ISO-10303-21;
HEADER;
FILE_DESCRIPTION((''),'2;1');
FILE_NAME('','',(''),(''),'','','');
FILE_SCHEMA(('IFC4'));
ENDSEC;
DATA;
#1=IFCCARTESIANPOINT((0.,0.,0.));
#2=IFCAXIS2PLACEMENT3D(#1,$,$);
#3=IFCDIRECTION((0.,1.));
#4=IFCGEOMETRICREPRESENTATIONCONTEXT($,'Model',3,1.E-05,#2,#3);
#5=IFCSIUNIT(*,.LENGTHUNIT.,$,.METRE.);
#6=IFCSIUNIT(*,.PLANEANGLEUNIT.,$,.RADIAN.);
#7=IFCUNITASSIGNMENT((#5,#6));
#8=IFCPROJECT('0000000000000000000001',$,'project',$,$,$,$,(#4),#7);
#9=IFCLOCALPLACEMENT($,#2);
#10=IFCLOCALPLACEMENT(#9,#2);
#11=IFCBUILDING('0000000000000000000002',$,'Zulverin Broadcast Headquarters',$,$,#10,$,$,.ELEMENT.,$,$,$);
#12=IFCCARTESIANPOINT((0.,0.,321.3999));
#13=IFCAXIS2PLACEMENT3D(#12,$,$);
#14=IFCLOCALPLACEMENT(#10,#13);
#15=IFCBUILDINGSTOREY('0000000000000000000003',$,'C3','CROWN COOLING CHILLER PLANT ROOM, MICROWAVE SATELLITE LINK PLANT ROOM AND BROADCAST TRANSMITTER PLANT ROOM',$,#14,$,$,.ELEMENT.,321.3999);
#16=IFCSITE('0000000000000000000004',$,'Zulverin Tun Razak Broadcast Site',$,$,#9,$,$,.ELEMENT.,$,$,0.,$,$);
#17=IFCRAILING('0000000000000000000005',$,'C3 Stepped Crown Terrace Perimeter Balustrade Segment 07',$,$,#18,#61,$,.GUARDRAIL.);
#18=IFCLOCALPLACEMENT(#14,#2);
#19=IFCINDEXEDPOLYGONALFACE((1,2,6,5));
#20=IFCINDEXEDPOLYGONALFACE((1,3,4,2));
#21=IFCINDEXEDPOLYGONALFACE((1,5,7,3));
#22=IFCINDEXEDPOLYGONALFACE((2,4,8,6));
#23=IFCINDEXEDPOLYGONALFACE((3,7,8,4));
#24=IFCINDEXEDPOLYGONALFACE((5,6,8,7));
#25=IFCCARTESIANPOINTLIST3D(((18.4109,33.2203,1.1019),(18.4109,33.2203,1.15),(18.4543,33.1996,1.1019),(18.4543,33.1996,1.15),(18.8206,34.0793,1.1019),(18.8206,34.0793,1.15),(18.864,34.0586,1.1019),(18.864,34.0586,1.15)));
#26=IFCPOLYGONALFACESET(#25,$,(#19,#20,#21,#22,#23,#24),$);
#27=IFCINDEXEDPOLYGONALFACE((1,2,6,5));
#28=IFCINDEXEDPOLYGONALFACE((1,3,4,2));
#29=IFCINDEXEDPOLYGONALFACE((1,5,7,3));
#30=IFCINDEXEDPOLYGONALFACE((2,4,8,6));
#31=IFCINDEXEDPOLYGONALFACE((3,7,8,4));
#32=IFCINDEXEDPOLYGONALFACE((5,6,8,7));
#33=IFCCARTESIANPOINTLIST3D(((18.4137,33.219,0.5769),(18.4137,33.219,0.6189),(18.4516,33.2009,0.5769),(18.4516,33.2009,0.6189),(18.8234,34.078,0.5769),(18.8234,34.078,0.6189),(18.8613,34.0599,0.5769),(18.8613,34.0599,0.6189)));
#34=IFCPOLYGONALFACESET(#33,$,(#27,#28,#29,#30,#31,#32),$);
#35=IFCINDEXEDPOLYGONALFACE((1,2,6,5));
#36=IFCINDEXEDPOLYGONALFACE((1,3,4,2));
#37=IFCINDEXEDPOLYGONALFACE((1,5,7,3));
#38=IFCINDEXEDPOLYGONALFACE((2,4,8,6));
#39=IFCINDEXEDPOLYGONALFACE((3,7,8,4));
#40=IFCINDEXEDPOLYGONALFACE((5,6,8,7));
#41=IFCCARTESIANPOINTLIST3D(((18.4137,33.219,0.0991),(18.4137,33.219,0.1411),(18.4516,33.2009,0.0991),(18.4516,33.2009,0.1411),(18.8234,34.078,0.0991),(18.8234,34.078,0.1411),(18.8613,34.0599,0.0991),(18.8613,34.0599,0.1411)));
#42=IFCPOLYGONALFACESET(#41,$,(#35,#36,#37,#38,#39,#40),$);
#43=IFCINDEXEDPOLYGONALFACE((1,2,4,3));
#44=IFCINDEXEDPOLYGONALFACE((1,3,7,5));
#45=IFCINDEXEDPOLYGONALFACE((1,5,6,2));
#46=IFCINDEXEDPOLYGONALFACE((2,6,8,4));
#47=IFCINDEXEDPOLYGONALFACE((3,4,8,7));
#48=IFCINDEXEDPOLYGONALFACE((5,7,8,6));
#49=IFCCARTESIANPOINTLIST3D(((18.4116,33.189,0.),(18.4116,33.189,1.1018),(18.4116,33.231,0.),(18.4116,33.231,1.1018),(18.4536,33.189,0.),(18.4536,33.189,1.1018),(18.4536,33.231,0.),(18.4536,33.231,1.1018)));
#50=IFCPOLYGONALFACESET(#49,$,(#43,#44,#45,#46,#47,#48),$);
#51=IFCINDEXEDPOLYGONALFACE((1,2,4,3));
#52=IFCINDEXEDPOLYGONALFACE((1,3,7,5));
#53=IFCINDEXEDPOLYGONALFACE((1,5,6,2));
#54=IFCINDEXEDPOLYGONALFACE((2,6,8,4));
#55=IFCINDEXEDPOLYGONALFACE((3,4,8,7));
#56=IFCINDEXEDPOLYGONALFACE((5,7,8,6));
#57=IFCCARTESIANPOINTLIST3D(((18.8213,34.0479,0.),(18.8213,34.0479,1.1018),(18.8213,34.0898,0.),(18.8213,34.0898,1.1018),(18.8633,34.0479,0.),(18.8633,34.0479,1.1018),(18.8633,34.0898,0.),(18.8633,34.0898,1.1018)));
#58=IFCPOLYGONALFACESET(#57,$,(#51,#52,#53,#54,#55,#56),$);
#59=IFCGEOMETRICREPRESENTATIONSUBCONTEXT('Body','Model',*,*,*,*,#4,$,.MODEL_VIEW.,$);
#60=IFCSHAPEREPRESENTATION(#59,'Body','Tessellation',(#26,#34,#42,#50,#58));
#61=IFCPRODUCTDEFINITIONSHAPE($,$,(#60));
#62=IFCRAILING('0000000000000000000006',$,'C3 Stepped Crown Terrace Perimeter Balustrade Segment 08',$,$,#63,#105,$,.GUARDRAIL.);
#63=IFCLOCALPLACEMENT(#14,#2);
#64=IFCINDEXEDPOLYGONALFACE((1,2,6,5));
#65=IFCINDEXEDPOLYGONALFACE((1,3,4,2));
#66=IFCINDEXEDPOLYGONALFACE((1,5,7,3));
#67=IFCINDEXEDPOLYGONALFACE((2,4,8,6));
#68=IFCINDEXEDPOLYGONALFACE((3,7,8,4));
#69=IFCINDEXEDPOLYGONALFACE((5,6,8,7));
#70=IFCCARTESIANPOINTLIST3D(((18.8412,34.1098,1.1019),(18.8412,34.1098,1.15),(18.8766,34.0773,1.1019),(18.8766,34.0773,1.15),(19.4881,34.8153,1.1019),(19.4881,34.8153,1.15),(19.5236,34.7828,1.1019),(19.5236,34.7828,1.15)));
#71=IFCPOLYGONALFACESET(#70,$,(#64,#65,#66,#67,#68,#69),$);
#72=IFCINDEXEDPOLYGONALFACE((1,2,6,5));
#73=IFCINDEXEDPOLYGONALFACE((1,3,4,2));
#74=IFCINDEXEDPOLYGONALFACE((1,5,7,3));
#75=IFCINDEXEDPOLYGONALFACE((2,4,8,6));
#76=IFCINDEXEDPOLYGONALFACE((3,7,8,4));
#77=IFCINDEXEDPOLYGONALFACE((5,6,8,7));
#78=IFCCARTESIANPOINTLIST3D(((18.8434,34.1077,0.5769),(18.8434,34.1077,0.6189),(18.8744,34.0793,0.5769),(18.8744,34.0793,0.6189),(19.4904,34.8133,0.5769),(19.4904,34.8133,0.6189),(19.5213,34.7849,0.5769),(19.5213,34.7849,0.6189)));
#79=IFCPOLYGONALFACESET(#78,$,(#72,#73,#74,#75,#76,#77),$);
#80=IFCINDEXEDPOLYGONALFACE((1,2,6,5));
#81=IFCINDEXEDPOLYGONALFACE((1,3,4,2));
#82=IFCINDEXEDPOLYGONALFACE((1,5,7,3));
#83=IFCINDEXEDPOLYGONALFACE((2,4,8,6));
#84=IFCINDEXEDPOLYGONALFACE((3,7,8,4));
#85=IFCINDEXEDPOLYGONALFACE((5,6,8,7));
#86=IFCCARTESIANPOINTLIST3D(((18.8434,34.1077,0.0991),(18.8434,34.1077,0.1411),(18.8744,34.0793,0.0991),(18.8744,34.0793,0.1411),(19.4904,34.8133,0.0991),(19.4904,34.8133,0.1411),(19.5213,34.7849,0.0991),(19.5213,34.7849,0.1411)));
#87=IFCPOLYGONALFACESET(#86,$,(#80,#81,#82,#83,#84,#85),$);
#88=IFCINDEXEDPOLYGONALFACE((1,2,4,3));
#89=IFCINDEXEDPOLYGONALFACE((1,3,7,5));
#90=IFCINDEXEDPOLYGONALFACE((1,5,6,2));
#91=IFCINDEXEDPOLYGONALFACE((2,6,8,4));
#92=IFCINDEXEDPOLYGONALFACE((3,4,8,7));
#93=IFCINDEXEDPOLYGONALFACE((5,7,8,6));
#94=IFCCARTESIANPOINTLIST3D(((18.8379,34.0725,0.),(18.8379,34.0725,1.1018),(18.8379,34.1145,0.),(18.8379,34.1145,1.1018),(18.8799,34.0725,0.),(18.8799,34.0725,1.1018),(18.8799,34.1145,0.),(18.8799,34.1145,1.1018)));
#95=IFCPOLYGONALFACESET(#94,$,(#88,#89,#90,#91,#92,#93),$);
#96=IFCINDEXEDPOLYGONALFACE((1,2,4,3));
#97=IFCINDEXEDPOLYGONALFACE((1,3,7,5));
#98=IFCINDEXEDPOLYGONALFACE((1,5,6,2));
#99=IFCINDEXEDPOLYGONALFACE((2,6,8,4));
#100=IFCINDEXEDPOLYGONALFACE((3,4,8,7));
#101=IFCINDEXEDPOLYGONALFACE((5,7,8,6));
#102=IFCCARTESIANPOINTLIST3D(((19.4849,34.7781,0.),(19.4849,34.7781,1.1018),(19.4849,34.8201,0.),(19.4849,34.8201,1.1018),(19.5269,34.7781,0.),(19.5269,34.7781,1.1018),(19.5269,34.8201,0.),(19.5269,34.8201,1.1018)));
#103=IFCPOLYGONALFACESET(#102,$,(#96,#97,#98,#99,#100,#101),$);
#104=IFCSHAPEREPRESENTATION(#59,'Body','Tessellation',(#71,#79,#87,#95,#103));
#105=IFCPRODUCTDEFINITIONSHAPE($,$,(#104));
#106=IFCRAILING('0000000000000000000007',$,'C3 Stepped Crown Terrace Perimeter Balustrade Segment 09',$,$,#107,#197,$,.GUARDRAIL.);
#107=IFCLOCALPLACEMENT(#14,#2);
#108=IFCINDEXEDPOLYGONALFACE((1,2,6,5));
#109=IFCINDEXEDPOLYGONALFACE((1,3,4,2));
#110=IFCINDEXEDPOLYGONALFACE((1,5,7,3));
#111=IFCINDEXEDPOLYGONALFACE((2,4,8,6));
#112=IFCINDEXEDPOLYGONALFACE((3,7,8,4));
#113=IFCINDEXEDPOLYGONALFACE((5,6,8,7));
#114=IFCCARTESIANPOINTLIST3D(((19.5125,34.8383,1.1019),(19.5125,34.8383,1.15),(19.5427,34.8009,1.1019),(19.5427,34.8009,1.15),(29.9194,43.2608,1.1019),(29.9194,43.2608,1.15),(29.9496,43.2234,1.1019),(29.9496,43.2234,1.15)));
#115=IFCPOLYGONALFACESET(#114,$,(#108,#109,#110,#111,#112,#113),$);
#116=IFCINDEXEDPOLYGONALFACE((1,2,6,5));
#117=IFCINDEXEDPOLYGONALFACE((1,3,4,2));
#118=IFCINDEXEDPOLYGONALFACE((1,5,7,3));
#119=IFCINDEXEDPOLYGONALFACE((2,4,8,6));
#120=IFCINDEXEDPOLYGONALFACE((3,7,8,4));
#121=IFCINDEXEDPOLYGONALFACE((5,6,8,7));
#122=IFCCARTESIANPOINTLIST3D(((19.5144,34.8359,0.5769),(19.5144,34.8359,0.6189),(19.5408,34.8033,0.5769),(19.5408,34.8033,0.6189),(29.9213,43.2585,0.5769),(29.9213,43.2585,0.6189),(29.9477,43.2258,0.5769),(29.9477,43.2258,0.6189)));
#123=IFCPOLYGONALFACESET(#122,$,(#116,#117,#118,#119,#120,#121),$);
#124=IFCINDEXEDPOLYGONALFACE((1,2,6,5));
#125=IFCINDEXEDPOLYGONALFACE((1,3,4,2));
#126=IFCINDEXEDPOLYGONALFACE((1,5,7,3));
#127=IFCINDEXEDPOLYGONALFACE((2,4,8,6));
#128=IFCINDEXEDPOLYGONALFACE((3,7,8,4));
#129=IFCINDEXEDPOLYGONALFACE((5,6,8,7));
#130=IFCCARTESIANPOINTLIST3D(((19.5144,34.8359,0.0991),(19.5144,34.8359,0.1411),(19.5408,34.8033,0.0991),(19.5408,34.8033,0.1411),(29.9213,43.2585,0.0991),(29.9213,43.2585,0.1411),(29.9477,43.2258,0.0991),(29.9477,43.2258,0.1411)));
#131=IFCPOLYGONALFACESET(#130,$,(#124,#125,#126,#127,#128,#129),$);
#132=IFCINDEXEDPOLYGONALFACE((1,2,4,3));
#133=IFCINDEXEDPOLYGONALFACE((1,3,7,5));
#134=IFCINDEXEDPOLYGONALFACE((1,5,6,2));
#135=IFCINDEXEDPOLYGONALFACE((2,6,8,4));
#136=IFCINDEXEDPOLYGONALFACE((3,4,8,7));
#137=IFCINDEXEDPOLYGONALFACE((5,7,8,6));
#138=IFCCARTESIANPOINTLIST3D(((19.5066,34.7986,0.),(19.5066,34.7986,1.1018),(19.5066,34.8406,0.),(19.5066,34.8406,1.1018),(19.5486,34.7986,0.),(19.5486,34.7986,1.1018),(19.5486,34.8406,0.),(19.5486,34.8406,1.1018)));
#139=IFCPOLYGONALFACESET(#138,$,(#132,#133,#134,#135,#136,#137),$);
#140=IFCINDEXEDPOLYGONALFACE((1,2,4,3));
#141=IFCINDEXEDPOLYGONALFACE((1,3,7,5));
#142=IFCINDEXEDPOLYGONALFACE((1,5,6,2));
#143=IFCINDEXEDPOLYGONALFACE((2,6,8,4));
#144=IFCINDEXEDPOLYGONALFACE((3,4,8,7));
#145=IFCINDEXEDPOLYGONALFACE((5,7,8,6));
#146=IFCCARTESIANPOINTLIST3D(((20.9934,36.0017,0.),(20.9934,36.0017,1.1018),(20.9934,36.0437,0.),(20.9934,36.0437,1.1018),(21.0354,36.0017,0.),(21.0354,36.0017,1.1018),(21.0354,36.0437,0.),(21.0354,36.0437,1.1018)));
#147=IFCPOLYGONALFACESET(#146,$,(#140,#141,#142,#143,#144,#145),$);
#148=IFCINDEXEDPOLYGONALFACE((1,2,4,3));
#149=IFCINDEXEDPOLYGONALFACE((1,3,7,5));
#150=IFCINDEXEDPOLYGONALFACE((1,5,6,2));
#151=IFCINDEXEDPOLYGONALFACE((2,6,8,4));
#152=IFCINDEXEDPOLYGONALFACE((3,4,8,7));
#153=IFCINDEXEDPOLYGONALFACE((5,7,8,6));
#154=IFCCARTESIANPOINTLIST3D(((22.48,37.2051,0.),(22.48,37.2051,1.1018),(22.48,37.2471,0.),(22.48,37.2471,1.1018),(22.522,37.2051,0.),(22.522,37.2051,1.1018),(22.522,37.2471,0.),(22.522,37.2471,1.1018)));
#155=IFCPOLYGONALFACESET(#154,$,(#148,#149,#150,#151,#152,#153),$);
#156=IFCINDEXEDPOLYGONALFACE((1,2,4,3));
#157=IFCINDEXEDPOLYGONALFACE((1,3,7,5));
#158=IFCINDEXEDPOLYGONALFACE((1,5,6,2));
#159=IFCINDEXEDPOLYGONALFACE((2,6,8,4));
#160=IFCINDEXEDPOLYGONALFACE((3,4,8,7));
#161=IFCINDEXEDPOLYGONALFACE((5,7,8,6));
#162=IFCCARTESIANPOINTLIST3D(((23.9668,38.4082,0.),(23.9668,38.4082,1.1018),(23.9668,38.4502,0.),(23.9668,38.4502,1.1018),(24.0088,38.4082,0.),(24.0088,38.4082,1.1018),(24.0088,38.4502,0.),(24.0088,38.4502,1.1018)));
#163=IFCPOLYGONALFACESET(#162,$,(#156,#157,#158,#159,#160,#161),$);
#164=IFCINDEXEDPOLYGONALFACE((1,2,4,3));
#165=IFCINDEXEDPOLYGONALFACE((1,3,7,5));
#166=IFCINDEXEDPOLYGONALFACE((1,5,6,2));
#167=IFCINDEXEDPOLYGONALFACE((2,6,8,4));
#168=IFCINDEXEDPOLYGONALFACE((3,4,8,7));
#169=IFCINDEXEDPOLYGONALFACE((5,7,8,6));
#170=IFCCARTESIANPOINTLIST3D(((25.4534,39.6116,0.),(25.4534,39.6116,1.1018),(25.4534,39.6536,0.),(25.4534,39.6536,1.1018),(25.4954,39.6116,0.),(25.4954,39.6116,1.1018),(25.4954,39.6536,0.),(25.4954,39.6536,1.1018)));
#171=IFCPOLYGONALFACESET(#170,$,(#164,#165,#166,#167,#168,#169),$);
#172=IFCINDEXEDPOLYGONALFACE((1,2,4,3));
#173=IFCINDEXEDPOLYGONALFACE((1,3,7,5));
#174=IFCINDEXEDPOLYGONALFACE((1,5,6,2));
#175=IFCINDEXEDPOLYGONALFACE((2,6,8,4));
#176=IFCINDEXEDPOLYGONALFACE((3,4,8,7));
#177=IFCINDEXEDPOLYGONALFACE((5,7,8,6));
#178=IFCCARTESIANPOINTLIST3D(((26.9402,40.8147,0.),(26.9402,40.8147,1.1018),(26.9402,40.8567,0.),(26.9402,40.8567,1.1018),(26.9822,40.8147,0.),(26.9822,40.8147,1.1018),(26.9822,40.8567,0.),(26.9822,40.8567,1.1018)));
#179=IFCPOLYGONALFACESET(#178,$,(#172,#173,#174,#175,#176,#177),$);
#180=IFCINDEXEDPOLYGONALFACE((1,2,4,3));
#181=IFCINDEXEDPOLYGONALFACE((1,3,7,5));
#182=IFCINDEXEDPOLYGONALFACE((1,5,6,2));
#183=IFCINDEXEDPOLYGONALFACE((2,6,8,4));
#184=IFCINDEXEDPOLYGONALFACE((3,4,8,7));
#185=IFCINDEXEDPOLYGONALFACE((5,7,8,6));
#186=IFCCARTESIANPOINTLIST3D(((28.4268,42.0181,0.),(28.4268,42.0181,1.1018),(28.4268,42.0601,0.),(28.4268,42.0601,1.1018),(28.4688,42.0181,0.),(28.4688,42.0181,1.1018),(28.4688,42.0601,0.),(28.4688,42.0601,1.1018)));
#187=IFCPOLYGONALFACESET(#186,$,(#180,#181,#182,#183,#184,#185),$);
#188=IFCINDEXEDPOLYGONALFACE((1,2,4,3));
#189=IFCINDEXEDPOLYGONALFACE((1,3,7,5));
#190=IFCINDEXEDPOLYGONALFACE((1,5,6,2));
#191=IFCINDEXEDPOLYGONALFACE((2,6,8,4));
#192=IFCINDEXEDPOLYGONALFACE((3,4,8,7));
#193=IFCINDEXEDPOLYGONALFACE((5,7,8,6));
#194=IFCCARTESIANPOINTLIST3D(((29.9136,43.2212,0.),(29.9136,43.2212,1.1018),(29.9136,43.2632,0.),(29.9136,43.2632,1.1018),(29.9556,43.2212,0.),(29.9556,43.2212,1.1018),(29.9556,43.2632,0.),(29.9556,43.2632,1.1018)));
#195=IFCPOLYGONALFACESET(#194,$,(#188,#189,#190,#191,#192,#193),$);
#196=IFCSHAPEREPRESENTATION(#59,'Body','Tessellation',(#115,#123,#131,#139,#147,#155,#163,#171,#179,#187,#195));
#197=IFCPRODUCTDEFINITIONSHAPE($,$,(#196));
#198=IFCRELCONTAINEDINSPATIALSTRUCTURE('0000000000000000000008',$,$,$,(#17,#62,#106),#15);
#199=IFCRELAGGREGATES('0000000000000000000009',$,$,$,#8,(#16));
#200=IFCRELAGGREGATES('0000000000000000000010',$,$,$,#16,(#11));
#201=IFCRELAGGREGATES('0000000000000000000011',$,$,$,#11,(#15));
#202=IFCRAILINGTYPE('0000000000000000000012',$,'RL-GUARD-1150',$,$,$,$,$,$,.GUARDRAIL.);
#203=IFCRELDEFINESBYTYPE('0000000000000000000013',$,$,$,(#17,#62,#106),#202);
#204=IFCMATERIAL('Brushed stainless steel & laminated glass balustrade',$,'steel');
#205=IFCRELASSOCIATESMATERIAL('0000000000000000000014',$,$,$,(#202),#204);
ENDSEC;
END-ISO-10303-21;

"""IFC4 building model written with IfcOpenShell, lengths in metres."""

from ifc_helpers import new_model, si_unit, direction, frame, origin, origin_2d, place, context, subcontext, project, spatial, rectangle, extrude, material, type_object, element, save


model = new_model("IFC4")

# Units and contexts
model_context = context("Model", 3, precision=1e-05, world=origin(), true_north=direction((0.0, 1.0)))
body_context = subcontext(model_context, "Body", "Model", "MODEL_VIEW")
ifc_project = project(units=[si_unit("LENGTHUNIT", "METRE"), si_unit("PLANEANGLEUNIT", "RADIAN")], contexts=[model_context])

# Site, building, storey
site_placement = place(None, origin())
site = spatial("IfcSite", under=ifc_project, at=site_placement, Name="Zulverin Tun Razak Broadcast Site", CompositionType="ELEMENT", RefElevation=0.0)
building_placement = place(site_placement, origin())
building = spatial("IfcBuilding", under=site, at=building_placement, Name="Zulverin Broadcast Headquarters", CompositionType="ELEMENT")
storey_placement = place(building_placement, frame((0.0, 0.0, 321.3999)))
storey = spatial("IfcBuildingStorey", under=building, at=storey_placement, Name="C3", Description="CROWN COOLING CHILLER PLANT ROOM, MICROWAVE SATELLITE LINK PLANT ROOM AND BROADCAST TRANSMITTER PLANT ROOM", CompositionType="ELEMENT", Elevation=321.3999)

# Railings
ifc_material_1 = material(Name="Brushed stainless steel & laminated glass balustrade", Category="steel")
railing_type = type_object("IfcRailingType", Name="RL-GUARD-1150", PredefinedType="GUARDRAIL", material=ifc_material_1)
railing_1_placement = place(storey_placement, frame((18.4326, 33.21, 0.0)))
element("IfcRailing", 1, at=railing_1_placement, inside=storey, type_object=railing_type, Name="C3 Stepped Crown Terrace Perimeter Balustrade Segment 07", PredefinedType="GUARDRAIL", context=body_context, shape_type="SweptSolid", body=[
    extrude(rectangle(XDim=0.0481, YDim=0.0481, at=origin_2d()), frame((0.0, 0.0, 1.126), z_axis=(0.430511, 0.902585, 0.0), x_axis=(-0.902585, 0.430511, 0.0)), (0.0, 0.0, 1.0), 0.9517),
    extrude(rectangle(XDim=0.042, YDim=0.042, at=origin_2d()), frame((0.0, 0.0, 0.5979), z_axis=(0.430511, 0.902585, 0.0), x_axis=(-0.902585, 0.430511, 0.0)), (0.0, 0.0, 1.0), 0.9517),
    extrude(rectangle(XDim=0.042, YDim=0.042, at=origin_2d()), frame((0.0, 0.0, 0.1201), z_axis=(0.430511, 0.902585, 0.0), x_axis=(-0.902585, 0.430511, 0.0)), (0.0, 0.0, 1.0), 0.9517),
    extrude(rectangle(XDim=0.042, YDim=0.042, at=origin_2d()), origin(), (0.0, 0.0, 1.0), 1.1018),
    extrude(rectangle(XDim=0.042, YDim=0.042, at=origin_2d()), frame((0.4097, 0.8589, 0.0)), (0.0, 0.0, 1.0), 1.1018),
])
railing_2_placement = place(storey_placement, frame((18.8589, 34.0935, 0.0)))
element("IfcRailing", 2, at=railing_2_placement, inside=storey, type_object=railing_type, Name="C3 Stepped Crown Terrace Perimeter Balustrade Segment 08", PredefinedType="GUARDRAIL", context=body_context, shape_type="SweptSolid", body=[
    extrude(rectangle(XDim=0.0481, YDim=0.0481, at=origin_2d()), frame((0.0, 0.0, 1.126), z_axis=(0.67584, 0.737048, 0.0), x_axis=(-0.737048, 0.67584, 0.0)), (0.0, 0.0, 1.0), 0.9573),
    extrude(rectangle(XDim=0.042, YDim=0.042, at=origin_2d()), frame((0.0, 0.0, 0.5979), z_axis=(0.67584, 0.737048, 0.0), x_axis=(-0.737048, 0.67584, 0.0)), (0.0, 0.0, 1.0), 0.9573),
    extrude(rectangle(XDim=0.042, YDim=0.042, at=origin_2d()), frame((0.0, 0.0, 0.1201), z_axis=(0.67584, 0.737048, 0.0), x_axis=(-0.737048, 0.67584, 0.0)), (0.0, 0.0, 1.0), 0.9573),
    extrude(rectangle(XDim=0.042, YDim=0.042, at=origin_2d()), origin(), (0.0, 0.0, 1.0), 1.1018),
    extrude(rectangle(XDim=0.042, YDim=0.042, at=origin_2d()), frame((0.647, 0.7056, 0.0)), (0.0, 0.0, 1.0), 1.1018),
])
railing_3_placement = place(storey_placement, frame((19.5276, 34.8196, 0.0)))
element("IfcRailing", 3, at=railing_3_placement, inside=storey, type_object=railing_type, Name="C3 Stepped Crown Terrace Perimeter Balustrade Segment 09", PredefinedType="GUARDRAIL", context=body_context, shape_type="SweptSolid", body=[
    extrude(rectangle(XDim=0.0481, YDim=0.0481, at=origin_2d()), frame((0.0, 0.0, 1.126), z_axis=(0.777321, 0.629104, 0.0), x_axis=(-0.629104, 0.777321, 0.0)), (0.0, 0.0, 1.0), 13.3882),
    extrude(rectangle(XDim=0.042, YDim=0.042, at=origin_2d()), frame((0.0, 0.0, 0.5979), z_axis=(0.777321, 0.629104, 0.0), x_axis=(-0.629104, 0.777321, 0.0)), (0.0, 0.0, 1.0), 13.3882),
    extrude(rectangle(XDim=0.042, YDim=0.042, at=origin_2d()), frame((0.0, 0.0, 0.1201), z_axis=(0.777321, 0.629104, 0.0), x_axis=(-0.629104, 0.777321, 0.0)), (0.0, 0.0, 1.0), 13.3882),
    extrude(rectangle(XDim=0.042, YDim=0.042, at=origin_2d()), origin(), (0.0, 0.0, 1.0), 1.1018),
    extrude(rectangle(XDim=0.042, YDim=0.042, at=origin_2d()), frame((1.4868, 1.2031, 0.0)), (0.0, 0.0, 1.0), 1.1018),
    extrude(rectangle(XDim=0.042, YDim=0.042, at=origin_2d()), frame((2.9734, 2.4065, 0.0)), (0.0, 0.0, 1.0), 1.1018),
    extrude(rectangle(XDim=0.042, YDim=0.042, at=origin_2d()), frame((4.4602, 3.6096, 0.0)), (0.0, 0.0, 1.0), 1.1018),
    extrude(rectangle(XDim=0.042, YDim=0.042, at=origin_2d()), frame((5.9468, 4.813, 0.0)), (0.0, 0.0, 1.0), 1.1018),
    extrude(rectangle(XDim=0.042, YDim=0.042, at=origin_2d()), frame((7.4336, 6.0161, 0.0)), (0.0, 0.0, 1.0), 1.1018),
    extrude(rectangle(XDim=0.042, YDim=0.042, at=origin_2d()), frame((8.9202, 7.2195, 0.0)), (0.0, 0.0, 1.0), 1.1018),
    extrude(rectangle(XDim=0.042, YDim=0.042, at=origin_2d()), frame((10.407, 8.4226, 0.0)), (0.0, 0.0, 1.0), 1.1018),
])

save(model, "model.ifc")
